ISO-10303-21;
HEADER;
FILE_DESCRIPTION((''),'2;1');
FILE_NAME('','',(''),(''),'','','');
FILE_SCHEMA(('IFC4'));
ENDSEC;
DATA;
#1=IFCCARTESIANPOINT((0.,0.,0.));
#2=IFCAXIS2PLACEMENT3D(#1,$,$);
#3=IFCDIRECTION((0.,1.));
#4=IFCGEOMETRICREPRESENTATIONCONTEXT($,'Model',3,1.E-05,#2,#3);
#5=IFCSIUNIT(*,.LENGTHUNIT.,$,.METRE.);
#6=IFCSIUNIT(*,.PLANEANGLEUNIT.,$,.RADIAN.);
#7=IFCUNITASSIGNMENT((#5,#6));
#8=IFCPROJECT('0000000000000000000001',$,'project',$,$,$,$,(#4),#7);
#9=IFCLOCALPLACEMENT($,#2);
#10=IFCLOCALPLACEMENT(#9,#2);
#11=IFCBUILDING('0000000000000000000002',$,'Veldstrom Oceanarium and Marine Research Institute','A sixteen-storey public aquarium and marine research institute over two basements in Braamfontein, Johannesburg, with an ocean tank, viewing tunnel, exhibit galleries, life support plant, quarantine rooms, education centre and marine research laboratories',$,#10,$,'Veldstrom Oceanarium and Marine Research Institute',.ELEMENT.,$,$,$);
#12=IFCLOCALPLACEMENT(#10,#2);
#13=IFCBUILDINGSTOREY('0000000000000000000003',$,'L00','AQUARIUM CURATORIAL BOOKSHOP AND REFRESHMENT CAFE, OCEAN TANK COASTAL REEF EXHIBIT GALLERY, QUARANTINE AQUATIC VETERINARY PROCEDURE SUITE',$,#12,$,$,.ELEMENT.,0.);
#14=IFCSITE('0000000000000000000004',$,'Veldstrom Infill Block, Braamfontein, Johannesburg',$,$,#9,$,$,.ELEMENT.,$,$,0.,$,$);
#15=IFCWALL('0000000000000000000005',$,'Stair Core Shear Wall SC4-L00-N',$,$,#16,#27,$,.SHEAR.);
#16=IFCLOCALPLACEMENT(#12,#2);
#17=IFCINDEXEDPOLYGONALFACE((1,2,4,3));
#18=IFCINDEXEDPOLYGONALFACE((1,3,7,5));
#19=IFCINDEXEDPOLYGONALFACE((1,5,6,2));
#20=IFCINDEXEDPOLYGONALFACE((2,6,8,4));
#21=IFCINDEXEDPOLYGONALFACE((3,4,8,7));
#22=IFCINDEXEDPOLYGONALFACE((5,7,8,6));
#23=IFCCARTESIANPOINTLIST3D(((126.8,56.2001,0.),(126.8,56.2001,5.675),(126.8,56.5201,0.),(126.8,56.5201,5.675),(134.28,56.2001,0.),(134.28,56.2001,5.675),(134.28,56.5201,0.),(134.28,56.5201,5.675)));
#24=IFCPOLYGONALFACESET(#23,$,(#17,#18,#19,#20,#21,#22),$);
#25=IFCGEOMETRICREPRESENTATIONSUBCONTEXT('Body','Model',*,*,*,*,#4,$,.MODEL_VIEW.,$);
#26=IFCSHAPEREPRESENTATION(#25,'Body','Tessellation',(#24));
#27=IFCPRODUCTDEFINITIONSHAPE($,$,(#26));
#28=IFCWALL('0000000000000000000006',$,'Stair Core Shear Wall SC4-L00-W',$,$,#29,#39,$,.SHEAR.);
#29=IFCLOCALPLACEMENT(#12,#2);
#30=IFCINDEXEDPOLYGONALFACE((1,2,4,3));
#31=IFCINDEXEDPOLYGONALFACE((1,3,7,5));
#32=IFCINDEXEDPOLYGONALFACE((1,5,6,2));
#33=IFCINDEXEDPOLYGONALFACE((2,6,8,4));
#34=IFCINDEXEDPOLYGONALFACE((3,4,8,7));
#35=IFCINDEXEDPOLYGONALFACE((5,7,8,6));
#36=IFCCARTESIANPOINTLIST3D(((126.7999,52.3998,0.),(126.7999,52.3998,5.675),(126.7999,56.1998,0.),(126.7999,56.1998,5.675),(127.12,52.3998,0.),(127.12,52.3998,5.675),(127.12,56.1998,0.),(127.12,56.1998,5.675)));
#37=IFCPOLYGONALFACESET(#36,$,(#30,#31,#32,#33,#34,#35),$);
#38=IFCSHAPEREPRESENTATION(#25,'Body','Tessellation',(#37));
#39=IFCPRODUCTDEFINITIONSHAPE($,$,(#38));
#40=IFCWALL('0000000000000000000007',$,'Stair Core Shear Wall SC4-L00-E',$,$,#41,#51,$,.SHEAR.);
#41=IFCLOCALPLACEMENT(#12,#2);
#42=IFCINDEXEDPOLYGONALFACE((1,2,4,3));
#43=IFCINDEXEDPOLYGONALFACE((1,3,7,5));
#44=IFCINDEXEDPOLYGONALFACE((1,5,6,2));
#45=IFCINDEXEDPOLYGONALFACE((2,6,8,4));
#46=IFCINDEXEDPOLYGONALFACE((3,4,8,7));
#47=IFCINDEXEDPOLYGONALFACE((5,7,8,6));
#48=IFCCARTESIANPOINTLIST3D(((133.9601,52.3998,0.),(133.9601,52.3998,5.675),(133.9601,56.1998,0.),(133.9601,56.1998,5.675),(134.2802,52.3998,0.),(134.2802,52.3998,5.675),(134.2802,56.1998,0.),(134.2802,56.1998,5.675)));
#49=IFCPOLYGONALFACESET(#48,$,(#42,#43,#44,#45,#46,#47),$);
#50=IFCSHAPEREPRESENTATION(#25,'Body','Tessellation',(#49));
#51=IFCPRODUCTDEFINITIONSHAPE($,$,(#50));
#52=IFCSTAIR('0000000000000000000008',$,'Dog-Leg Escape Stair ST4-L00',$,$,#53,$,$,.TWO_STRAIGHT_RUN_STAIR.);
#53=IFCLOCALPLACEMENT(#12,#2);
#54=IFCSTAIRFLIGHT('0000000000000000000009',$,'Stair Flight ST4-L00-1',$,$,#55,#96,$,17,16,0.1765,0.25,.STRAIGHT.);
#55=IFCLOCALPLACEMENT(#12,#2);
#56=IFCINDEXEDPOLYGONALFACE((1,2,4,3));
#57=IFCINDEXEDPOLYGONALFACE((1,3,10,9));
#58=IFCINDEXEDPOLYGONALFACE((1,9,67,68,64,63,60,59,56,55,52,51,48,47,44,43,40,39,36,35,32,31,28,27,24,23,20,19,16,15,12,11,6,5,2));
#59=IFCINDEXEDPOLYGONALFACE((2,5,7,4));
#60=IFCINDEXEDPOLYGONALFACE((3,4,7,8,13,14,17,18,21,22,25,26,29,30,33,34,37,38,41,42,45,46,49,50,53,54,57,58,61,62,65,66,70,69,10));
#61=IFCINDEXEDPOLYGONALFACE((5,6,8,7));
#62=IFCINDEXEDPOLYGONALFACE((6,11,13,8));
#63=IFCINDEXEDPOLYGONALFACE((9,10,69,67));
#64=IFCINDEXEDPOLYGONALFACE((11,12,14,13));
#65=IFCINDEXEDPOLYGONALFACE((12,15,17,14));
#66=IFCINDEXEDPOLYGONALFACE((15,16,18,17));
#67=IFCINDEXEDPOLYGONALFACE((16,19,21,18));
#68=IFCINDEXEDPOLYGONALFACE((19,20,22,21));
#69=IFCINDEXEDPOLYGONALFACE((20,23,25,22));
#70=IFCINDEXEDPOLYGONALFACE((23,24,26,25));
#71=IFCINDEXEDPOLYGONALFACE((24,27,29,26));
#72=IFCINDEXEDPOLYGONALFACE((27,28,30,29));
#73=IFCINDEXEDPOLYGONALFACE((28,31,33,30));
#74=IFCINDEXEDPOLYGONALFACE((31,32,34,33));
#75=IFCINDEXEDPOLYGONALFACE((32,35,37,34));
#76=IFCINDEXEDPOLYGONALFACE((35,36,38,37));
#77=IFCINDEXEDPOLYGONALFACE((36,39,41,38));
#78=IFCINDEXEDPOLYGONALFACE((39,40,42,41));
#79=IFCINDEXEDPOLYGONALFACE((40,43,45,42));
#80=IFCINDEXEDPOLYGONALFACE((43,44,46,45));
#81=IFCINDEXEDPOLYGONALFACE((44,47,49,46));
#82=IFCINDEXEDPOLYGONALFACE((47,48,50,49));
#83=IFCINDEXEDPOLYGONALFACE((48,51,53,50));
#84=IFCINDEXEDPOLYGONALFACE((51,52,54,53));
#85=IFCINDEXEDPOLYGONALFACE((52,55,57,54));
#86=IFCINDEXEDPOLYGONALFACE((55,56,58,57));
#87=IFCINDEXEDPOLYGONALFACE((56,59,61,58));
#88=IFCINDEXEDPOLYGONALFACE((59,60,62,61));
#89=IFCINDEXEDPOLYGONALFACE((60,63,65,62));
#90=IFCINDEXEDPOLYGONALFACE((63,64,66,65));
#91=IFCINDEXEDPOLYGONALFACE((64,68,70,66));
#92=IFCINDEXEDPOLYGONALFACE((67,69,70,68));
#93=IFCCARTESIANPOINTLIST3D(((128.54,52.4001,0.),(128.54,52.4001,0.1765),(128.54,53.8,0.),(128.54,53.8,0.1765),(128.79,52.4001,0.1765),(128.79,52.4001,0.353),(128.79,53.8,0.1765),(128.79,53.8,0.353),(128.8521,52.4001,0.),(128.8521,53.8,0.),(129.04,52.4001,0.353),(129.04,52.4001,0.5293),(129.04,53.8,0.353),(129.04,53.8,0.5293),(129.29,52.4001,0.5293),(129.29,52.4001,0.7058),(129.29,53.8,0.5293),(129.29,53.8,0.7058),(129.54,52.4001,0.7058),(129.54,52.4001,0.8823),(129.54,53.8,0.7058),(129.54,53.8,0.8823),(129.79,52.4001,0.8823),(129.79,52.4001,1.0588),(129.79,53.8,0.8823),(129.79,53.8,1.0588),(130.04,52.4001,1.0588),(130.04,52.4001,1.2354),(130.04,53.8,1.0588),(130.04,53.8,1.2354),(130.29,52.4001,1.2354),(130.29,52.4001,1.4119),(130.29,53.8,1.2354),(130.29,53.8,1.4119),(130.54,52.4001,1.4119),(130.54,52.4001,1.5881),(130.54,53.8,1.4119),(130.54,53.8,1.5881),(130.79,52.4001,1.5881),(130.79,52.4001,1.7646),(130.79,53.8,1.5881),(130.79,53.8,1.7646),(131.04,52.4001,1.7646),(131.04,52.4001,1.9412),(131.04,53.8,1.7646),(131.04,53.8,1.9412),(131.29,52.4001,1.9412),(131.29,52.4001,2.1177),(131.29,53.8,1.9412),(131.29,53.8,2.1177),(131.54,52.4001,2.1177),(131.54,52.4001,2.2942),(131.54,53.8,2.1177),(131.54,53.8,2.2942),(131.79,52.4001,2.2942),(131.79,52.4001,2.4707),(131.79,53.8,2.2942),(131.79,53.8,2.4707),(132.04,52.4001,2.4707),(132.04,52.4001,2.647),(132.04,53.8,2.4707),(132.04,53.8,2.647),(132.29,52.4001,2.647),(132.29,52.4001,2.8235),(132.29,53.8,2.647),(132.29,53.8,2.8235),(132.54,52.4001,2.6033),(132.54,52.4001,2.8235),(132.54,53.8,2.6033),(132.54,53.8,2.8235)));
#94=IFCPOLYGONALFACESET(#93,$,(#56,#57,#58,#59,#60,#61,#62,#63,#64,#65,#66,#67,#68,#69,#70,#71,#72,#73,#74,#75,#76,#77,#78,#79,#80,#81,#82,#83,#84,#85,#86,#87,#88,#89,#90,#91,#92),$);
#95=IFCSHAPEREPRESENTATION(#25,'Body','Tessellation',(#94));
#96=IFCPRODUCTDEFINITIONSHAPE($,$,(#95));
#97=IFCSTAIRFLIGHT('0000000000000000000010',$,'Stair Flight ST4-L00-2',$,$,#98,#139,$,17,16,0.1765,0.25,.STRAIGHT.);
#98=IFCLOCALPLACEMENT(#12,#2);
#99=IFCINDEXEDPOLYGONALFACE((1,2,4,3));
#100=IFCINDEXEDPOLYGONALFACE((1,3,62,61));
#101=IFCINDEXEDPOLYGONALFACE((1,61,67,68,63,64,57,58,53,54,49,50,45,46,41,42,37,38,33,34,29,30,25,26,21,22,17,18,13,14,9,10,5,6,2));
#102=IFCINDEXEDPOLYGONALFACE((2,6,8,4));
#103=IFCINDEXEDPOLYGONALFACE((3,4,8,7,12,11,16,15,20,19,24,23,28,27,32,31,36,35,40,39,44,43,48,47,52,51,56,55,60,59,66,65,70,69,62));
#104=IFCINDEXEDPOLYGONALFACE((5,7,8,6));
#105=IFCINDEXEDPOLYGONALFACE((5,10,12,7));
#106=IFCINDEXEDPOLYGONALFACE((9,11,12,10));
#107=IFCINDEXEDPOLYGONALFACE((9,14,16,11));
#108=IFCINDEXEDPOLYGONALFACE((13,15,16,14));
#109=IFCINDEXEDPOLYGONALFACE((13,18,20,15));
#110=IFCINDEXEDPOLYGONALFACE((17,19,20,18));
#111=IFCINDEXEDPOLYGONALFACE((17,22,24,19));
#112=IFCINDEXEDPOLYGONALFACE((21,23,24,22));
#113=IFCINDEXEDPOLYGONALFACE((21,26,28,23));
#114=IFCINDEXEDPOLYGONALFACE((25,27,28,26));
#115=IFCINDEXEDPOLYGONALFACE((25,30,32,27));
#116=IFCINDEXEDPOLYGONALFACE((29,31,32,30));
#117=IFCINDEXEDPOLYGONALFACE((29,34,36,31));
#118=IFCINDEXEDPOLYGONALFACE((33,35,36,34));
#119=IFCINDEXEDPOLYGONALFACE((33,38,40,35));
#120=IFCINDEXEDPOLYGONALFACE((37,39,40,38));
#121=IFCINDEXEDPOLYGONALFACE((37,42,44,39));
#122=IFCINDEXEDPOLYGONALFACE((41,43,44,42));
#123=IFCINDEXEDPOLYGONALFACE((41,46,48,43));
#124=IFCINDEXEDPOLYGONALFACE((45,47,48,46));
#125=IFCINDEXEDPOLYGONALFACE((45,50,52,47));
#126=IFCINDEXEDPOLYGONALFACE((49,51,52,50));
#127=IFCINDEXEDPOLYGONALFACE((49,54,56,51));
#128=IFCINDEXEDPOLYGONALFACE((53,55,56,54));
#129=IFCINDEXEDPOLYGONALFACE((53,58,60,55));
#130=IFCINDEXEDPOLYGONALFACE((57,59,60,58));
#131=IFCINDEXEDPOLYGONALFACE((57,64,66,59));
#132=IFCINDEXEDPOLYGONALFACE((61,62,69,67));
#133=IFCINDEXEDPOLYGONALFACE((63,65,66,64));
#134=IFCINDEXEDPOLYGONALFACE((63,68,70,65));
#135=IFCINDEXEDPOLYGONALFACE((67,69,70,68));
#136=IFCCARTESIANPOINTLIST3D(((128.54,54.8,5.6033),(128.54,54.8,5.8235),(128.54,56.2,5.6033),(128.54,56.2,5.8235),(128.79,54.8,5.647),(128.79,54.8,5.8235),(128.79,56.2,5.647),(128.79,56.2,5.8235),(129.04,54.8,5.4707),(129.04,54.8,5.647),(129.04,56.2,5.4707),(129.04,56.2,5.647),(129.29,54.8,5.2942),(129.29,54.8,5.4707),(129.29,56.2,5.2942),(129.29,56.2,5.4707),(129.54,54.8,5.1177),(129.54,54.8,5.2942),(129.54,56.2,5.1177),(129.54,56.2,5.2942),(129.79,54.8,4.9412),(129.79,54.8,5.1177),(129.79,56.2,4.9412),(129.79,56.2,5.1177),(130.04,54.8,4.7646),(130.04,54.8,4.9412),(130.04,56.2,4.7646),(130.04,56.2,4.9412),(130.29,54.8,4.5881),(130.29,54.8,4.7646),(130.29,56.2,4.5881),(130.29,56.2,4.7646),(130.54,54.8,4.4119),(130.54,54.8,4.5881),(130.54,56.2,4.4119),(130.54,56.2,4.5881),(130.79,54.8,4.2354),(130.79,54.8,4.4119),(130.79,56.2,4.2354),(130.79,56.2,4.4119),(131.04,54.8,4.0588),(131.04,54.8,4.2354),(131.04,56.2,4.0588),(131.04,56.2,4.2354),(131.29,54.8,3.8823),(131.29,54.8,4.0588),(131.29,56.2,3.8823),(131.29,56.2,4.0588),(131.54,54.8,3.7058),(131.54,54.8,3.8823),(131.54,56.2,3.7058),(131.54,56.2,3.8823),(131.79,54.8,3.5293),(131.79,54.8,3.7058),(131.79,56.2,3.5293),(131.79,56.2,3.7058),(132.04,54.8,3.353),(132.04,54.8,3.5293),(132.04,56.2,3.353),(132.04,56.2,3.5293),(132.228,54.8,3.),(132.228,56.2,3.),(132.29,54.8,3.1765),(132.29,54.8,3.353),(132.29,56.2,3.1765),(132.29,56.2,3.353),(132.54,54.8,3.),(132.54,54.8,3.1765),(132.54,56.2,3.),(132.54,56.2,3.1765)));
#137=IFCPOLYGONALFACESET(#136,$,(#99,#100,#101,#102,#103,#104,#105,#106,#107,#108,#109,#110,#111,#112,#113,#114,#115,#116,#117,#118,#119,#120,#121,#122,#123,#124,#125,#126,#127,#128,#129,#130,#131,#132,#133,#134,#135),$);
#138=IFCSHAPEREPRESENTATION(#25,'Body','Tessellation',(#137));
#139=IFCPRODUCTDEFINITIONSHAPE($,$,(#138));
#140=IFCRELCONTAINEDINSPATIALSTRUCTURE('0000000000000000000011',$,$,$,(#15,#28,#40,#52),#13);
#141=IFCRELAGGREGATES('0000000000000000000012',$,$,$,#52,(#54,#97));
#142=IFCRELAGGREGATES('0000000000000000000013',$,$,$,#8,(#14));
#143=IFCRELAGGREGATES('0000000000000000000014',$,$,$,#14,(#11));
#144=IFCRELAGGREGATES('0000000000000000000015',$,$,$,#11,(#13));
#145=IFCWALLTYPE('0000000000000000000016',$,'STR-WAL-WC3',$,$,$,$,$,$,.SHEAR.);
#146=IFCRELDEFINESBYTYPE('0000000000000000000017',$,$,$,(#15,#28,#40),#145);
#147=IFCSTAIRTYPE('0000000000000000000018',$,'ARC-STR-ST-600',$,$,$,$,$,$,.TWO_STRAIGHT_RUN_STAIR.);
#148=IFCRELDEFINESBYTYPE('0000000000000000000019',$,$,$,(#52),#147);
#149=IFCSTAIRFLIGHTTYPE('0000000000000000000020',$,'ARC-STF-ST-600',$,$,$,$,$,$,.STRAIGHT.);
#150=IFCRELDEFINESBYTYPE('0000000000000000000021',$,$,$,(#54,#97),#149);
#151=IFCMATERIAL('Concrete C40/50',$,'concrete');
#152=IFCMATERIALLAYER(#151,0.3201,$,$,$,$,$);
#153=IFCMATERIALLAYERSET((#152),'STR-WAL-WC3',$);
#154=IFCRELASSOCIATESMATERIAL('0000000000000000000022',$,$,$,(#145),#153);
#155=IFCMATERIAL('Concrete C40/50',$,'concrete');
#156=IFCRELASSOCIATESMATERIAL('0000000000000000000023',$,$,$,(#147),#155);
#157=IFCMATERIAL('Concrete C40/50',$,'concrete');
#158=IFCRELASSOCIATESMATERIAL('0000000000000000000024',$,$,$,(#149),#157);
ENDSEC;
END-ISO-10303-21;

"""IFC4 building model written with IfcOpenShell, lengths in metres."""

from ifc_helpers import new_model, si_unit, direction, frame, frame_2d, origin, place, context, subcontext, project, spatial, polyline, rectangle, outline, extrude, material, layer, layer_set, type_object, element, aggregate, save


model = new_model("IFC4")

# Units and contexts
model_context = context("Model", 3, precision=1e-05, world=origin(), true_north=direction((0.0, 1.0)))
body_context = subcontext(model_context, "Body", "Model", "MODEL_VIEW")
ifc_project = project(units=[si_unit("LENGTHUNIT", "METRE"), si_unit("PLANEANGLEUNIT", "RADIAN")], contexts=[model_context])

# Site, building, storey
site_placement = place(None, origin())
site = spatial("IfcSite", under=ifc_project, at=site_placement, Name="Veldstrom Infill Block, Braamfontein, Johannesburg", CompositionType="ELEMENT", RefElevation=0.0)
building_placement = place(site_placement, origin())
building = spatial("IfcBuilding", under=site, at=building_placement, Name="Veldstrom Oceanarium and Marine Research Institute", Description="A sixteen-storey public aquarium and marine research institute over two basements in Braamfontein, Johannesburg, with an ocean tank, viewing tunnel, exhibit galleries, life support plant, quarantine rooms, education centre and marine research laboratories", LongName="Veldstrom Oceanarium and Marine Research Institute", CompositionType="ELEMENT")
storey_placement = place(building_placement, origin())
storey = spatial("IfcBuildingStorey", under=building, at=storey_placement, Name="L00", Description="AQUARIUM CURATORIAL BOOKSHOP AND REFRESHMENT CAFE, OCEAN TANK COASTAL REEF EXHIBIT GALLERY, QUARANTINE AQUATIC VETERINARY PROCEDURE SUITE", CompositionType="ELEMENT", Elevation=0.0)

# Walls
ifc_material_1 = material(Name="Concrete C40/50", Category="concrete")
ifc_layer_1 = layer(ifc_material_1, 0.3201)
ifc_layer_set_1 = layer_set([ifc_layer_1], Name="STR-WAL-WC3")
wall_type_1 = type_object("IfcWallType", Name="STR-WAL-WC3", PredefinedType="SHEAR", material=ifc_layer_set_1)
wall_1_placement = place(storey_placement, frame((126.8, 56.3601, 0.0), z_axis=(0.0, 0.0, 1.0), x_axis=(1.0, 0.0, 0.0)))
element("IfcWall", 1, at=wall_1_placement, inside=storey, type_object=wall_type_1, Name="Stair Core Shear Wall SC4-L00-N", PredefinedType="SHEAR", context=body_context, shape_type="SweptSolid", body=[
    extrude(rectangle(XDim=7.48, YDim=0.3201, at=frame_2d((3.74, 0.0))), origin(), (0.0, 0.0, 1.0), 5.675),
])
for number, where, z_axis, x_axis, name in (
    (2, (126.96, 52.3999, 0.0), (0.0, 0.0, 1.0), (0.0, 1.0, 0.0), "Stair Core Shear Wall SC4-L00-W"),
    (3, (134.1201, 52.3999, 0.0), (0.0, 0.0, 1.0), (0.0, 1.0, 0.0), "Stair Core Shear Wall SC4-L00-E"),
):
    element("IfcWall", number, at=place(storey_placement, frame(where, z_axis=z_axis, x_axis=x_axis)), inside=storey, type_object=wall_type_1, Name=name, PredefinedType="SHEAR", context=body_context, shape_type="SweptSolid", body=[
        extrude(rectangle(XDim=3.8, YDim=0.3201, at=frame_2d((1.8999, 0.0))), origin(), (0.0, 0.0, 1.0), 5.675),
    ])

# Stair, stair flights
ifc_material_2 = material(Name="Concrete C40/50", Category="concrete")
stair_type = type_object("IfcStairType", Name="ARC-STR-ST-600", PredefinedType="TWO_STRAIGHT_RUN_STAIR", material=ifc_material_2)
stair_placement = place(storey_placement, origin())
stair = element("IfcStair", 4, at=stair_placement, inside=storey, type_object=stair_type, Name="Dog-Leg Escape Stair ST4-L00", PredefinedType="TWO_STRAIGHT_RUN_STAIR")
ifc_material_3 = material(Name="Concrete C40/50", Category="concrete")
stair_flight_type = type_object("IfcStairFlightType", Name="ARC-STF-ST-600", PredefinedType="STRAIGHT", material=ifc_material_3)
stair_flight_1_placement = place(storey_placement, frame((128.54, 53.1001, 0.0), z_axis=(0.0, 0.0, 1.0), x_axis=(1.0, 0.0, 0.0)))
stair_flight_1 = element("IfcStairFlight", 5, at=stair_flight_1_placement, type_object=stair_flight_type, Name="Stair Flight ST4-L00-1", NumberOfRisers=17, NumberOfTreads=16, PredefinedType="STRAIGHT", RiserHeight=0.1765, TreadLength=0.25, context=body_context, shape_type="SweptSolid", body=[
    extrude(outline(polyline([(0.0, 0.0), (0.0, 0.1765), (0.25, 0.1765), (0.25, 0.353), (0.5, 0.353), (0.5, 0.5293), (0.75, 0.5293), (0.75, 0.7058), (1.0, 0.7058), (1.0, 0.8823), (1.25, 0.8823), (1.25, 1.0588), (1.5, 1.0588), (1.5, 1.2354), (1.75, 1.2354), (1.75, 1.4119), (2.0, 1.4119), (2.0, 1.5881), (2.25, 1.5881), (2.25, 1.7646), (2.5, 1.7646), (2.5, 1.9412), (2.75, 1.9412), (2.75, 2.1177), (3.0, 2.1177), (3.0, 2.2942), (3.25, 2.2942), (3.25, 2.4707), (3.5, 2.4707), (3.5, 2.647), (3.75, 2.647), (3.75, 2.8235), (4.0, 2.8235), (4.0, 3.0), (4.0, 2.6033), (0.312, 0.0), (0.0, 0.0)])), frame((0.0, 0.7, 0.0), z_axis=(0.0, -1.0, 0.0), x_axis=(1.0, 0.0, 0.0)), (0.0, 0.0, 1.0), 1.3999),
])
stair_flight_2_placement = place(storey_placement, frame((132.54, 55.5, 3.0), z_axis=(0.0, 0.0, 1.0), x_axis=(-1.0, 0.0, 0.0)))
stair_flight_2 = element("IfcStairFlight", 6, at=stair_flight_2_placement, type_object=stair_flight_type, Name="Stair Flight ST4-L00-2", NumberOfRisers=17, NumberOfTreads=16, PredefinedType="STRAIGHT", RiserHeight=0.1765, TreadLength=0.25, context=body_context, shape_type="SweptSolid", body=[
    extrude(outline(polyline([(0.0, 0.0), (0.0, 0.1765), (0.25, 0.1765), (0.25, 0.353), (0.5, 0.353), (0.5, 0.5293), (0.75, 0.5293), (0.75, 0.7058), (1.0, 0.7058), (1.0, 0.8823), (1.25, 0.8823), (1.25, 1.0588), (1.5, 1.0588), (1.5, 1.2354), (1.75, 1.2354), (1.75, 1.4119), (2.0, 1.4119), (2.0, 1.5881), (2.25, 1.5881), (2.25, 1.7646), (2.5, 1.7646), (2.5, 1.9412), (2.75, 1.9412), (2.75, 2.1177), (3.0, 2.1177), (3.0, 2.2942), (3.25, 2.2942), (3.25, 2.4707), (3.5, 2.4707), (3.5, 2.647), (3.75, 2.647), (3.75, 2.8235), (4.0, 2.8235), (4.0, 3.0), (4.0, 2.6033), (0.312, 0.0), (0.0, 0.0)])), frame((0.0, 0.7, 0.0), z_axis=(0.0, -1.0, 0.0), x_axis=(1.0, 0.0, 0.0)), (0.0, 0.0, 1.0), 1.3999),
])
aggregate(stair, [stair_flight_1, stair_flight_2])

save(model, "model.ifc")
